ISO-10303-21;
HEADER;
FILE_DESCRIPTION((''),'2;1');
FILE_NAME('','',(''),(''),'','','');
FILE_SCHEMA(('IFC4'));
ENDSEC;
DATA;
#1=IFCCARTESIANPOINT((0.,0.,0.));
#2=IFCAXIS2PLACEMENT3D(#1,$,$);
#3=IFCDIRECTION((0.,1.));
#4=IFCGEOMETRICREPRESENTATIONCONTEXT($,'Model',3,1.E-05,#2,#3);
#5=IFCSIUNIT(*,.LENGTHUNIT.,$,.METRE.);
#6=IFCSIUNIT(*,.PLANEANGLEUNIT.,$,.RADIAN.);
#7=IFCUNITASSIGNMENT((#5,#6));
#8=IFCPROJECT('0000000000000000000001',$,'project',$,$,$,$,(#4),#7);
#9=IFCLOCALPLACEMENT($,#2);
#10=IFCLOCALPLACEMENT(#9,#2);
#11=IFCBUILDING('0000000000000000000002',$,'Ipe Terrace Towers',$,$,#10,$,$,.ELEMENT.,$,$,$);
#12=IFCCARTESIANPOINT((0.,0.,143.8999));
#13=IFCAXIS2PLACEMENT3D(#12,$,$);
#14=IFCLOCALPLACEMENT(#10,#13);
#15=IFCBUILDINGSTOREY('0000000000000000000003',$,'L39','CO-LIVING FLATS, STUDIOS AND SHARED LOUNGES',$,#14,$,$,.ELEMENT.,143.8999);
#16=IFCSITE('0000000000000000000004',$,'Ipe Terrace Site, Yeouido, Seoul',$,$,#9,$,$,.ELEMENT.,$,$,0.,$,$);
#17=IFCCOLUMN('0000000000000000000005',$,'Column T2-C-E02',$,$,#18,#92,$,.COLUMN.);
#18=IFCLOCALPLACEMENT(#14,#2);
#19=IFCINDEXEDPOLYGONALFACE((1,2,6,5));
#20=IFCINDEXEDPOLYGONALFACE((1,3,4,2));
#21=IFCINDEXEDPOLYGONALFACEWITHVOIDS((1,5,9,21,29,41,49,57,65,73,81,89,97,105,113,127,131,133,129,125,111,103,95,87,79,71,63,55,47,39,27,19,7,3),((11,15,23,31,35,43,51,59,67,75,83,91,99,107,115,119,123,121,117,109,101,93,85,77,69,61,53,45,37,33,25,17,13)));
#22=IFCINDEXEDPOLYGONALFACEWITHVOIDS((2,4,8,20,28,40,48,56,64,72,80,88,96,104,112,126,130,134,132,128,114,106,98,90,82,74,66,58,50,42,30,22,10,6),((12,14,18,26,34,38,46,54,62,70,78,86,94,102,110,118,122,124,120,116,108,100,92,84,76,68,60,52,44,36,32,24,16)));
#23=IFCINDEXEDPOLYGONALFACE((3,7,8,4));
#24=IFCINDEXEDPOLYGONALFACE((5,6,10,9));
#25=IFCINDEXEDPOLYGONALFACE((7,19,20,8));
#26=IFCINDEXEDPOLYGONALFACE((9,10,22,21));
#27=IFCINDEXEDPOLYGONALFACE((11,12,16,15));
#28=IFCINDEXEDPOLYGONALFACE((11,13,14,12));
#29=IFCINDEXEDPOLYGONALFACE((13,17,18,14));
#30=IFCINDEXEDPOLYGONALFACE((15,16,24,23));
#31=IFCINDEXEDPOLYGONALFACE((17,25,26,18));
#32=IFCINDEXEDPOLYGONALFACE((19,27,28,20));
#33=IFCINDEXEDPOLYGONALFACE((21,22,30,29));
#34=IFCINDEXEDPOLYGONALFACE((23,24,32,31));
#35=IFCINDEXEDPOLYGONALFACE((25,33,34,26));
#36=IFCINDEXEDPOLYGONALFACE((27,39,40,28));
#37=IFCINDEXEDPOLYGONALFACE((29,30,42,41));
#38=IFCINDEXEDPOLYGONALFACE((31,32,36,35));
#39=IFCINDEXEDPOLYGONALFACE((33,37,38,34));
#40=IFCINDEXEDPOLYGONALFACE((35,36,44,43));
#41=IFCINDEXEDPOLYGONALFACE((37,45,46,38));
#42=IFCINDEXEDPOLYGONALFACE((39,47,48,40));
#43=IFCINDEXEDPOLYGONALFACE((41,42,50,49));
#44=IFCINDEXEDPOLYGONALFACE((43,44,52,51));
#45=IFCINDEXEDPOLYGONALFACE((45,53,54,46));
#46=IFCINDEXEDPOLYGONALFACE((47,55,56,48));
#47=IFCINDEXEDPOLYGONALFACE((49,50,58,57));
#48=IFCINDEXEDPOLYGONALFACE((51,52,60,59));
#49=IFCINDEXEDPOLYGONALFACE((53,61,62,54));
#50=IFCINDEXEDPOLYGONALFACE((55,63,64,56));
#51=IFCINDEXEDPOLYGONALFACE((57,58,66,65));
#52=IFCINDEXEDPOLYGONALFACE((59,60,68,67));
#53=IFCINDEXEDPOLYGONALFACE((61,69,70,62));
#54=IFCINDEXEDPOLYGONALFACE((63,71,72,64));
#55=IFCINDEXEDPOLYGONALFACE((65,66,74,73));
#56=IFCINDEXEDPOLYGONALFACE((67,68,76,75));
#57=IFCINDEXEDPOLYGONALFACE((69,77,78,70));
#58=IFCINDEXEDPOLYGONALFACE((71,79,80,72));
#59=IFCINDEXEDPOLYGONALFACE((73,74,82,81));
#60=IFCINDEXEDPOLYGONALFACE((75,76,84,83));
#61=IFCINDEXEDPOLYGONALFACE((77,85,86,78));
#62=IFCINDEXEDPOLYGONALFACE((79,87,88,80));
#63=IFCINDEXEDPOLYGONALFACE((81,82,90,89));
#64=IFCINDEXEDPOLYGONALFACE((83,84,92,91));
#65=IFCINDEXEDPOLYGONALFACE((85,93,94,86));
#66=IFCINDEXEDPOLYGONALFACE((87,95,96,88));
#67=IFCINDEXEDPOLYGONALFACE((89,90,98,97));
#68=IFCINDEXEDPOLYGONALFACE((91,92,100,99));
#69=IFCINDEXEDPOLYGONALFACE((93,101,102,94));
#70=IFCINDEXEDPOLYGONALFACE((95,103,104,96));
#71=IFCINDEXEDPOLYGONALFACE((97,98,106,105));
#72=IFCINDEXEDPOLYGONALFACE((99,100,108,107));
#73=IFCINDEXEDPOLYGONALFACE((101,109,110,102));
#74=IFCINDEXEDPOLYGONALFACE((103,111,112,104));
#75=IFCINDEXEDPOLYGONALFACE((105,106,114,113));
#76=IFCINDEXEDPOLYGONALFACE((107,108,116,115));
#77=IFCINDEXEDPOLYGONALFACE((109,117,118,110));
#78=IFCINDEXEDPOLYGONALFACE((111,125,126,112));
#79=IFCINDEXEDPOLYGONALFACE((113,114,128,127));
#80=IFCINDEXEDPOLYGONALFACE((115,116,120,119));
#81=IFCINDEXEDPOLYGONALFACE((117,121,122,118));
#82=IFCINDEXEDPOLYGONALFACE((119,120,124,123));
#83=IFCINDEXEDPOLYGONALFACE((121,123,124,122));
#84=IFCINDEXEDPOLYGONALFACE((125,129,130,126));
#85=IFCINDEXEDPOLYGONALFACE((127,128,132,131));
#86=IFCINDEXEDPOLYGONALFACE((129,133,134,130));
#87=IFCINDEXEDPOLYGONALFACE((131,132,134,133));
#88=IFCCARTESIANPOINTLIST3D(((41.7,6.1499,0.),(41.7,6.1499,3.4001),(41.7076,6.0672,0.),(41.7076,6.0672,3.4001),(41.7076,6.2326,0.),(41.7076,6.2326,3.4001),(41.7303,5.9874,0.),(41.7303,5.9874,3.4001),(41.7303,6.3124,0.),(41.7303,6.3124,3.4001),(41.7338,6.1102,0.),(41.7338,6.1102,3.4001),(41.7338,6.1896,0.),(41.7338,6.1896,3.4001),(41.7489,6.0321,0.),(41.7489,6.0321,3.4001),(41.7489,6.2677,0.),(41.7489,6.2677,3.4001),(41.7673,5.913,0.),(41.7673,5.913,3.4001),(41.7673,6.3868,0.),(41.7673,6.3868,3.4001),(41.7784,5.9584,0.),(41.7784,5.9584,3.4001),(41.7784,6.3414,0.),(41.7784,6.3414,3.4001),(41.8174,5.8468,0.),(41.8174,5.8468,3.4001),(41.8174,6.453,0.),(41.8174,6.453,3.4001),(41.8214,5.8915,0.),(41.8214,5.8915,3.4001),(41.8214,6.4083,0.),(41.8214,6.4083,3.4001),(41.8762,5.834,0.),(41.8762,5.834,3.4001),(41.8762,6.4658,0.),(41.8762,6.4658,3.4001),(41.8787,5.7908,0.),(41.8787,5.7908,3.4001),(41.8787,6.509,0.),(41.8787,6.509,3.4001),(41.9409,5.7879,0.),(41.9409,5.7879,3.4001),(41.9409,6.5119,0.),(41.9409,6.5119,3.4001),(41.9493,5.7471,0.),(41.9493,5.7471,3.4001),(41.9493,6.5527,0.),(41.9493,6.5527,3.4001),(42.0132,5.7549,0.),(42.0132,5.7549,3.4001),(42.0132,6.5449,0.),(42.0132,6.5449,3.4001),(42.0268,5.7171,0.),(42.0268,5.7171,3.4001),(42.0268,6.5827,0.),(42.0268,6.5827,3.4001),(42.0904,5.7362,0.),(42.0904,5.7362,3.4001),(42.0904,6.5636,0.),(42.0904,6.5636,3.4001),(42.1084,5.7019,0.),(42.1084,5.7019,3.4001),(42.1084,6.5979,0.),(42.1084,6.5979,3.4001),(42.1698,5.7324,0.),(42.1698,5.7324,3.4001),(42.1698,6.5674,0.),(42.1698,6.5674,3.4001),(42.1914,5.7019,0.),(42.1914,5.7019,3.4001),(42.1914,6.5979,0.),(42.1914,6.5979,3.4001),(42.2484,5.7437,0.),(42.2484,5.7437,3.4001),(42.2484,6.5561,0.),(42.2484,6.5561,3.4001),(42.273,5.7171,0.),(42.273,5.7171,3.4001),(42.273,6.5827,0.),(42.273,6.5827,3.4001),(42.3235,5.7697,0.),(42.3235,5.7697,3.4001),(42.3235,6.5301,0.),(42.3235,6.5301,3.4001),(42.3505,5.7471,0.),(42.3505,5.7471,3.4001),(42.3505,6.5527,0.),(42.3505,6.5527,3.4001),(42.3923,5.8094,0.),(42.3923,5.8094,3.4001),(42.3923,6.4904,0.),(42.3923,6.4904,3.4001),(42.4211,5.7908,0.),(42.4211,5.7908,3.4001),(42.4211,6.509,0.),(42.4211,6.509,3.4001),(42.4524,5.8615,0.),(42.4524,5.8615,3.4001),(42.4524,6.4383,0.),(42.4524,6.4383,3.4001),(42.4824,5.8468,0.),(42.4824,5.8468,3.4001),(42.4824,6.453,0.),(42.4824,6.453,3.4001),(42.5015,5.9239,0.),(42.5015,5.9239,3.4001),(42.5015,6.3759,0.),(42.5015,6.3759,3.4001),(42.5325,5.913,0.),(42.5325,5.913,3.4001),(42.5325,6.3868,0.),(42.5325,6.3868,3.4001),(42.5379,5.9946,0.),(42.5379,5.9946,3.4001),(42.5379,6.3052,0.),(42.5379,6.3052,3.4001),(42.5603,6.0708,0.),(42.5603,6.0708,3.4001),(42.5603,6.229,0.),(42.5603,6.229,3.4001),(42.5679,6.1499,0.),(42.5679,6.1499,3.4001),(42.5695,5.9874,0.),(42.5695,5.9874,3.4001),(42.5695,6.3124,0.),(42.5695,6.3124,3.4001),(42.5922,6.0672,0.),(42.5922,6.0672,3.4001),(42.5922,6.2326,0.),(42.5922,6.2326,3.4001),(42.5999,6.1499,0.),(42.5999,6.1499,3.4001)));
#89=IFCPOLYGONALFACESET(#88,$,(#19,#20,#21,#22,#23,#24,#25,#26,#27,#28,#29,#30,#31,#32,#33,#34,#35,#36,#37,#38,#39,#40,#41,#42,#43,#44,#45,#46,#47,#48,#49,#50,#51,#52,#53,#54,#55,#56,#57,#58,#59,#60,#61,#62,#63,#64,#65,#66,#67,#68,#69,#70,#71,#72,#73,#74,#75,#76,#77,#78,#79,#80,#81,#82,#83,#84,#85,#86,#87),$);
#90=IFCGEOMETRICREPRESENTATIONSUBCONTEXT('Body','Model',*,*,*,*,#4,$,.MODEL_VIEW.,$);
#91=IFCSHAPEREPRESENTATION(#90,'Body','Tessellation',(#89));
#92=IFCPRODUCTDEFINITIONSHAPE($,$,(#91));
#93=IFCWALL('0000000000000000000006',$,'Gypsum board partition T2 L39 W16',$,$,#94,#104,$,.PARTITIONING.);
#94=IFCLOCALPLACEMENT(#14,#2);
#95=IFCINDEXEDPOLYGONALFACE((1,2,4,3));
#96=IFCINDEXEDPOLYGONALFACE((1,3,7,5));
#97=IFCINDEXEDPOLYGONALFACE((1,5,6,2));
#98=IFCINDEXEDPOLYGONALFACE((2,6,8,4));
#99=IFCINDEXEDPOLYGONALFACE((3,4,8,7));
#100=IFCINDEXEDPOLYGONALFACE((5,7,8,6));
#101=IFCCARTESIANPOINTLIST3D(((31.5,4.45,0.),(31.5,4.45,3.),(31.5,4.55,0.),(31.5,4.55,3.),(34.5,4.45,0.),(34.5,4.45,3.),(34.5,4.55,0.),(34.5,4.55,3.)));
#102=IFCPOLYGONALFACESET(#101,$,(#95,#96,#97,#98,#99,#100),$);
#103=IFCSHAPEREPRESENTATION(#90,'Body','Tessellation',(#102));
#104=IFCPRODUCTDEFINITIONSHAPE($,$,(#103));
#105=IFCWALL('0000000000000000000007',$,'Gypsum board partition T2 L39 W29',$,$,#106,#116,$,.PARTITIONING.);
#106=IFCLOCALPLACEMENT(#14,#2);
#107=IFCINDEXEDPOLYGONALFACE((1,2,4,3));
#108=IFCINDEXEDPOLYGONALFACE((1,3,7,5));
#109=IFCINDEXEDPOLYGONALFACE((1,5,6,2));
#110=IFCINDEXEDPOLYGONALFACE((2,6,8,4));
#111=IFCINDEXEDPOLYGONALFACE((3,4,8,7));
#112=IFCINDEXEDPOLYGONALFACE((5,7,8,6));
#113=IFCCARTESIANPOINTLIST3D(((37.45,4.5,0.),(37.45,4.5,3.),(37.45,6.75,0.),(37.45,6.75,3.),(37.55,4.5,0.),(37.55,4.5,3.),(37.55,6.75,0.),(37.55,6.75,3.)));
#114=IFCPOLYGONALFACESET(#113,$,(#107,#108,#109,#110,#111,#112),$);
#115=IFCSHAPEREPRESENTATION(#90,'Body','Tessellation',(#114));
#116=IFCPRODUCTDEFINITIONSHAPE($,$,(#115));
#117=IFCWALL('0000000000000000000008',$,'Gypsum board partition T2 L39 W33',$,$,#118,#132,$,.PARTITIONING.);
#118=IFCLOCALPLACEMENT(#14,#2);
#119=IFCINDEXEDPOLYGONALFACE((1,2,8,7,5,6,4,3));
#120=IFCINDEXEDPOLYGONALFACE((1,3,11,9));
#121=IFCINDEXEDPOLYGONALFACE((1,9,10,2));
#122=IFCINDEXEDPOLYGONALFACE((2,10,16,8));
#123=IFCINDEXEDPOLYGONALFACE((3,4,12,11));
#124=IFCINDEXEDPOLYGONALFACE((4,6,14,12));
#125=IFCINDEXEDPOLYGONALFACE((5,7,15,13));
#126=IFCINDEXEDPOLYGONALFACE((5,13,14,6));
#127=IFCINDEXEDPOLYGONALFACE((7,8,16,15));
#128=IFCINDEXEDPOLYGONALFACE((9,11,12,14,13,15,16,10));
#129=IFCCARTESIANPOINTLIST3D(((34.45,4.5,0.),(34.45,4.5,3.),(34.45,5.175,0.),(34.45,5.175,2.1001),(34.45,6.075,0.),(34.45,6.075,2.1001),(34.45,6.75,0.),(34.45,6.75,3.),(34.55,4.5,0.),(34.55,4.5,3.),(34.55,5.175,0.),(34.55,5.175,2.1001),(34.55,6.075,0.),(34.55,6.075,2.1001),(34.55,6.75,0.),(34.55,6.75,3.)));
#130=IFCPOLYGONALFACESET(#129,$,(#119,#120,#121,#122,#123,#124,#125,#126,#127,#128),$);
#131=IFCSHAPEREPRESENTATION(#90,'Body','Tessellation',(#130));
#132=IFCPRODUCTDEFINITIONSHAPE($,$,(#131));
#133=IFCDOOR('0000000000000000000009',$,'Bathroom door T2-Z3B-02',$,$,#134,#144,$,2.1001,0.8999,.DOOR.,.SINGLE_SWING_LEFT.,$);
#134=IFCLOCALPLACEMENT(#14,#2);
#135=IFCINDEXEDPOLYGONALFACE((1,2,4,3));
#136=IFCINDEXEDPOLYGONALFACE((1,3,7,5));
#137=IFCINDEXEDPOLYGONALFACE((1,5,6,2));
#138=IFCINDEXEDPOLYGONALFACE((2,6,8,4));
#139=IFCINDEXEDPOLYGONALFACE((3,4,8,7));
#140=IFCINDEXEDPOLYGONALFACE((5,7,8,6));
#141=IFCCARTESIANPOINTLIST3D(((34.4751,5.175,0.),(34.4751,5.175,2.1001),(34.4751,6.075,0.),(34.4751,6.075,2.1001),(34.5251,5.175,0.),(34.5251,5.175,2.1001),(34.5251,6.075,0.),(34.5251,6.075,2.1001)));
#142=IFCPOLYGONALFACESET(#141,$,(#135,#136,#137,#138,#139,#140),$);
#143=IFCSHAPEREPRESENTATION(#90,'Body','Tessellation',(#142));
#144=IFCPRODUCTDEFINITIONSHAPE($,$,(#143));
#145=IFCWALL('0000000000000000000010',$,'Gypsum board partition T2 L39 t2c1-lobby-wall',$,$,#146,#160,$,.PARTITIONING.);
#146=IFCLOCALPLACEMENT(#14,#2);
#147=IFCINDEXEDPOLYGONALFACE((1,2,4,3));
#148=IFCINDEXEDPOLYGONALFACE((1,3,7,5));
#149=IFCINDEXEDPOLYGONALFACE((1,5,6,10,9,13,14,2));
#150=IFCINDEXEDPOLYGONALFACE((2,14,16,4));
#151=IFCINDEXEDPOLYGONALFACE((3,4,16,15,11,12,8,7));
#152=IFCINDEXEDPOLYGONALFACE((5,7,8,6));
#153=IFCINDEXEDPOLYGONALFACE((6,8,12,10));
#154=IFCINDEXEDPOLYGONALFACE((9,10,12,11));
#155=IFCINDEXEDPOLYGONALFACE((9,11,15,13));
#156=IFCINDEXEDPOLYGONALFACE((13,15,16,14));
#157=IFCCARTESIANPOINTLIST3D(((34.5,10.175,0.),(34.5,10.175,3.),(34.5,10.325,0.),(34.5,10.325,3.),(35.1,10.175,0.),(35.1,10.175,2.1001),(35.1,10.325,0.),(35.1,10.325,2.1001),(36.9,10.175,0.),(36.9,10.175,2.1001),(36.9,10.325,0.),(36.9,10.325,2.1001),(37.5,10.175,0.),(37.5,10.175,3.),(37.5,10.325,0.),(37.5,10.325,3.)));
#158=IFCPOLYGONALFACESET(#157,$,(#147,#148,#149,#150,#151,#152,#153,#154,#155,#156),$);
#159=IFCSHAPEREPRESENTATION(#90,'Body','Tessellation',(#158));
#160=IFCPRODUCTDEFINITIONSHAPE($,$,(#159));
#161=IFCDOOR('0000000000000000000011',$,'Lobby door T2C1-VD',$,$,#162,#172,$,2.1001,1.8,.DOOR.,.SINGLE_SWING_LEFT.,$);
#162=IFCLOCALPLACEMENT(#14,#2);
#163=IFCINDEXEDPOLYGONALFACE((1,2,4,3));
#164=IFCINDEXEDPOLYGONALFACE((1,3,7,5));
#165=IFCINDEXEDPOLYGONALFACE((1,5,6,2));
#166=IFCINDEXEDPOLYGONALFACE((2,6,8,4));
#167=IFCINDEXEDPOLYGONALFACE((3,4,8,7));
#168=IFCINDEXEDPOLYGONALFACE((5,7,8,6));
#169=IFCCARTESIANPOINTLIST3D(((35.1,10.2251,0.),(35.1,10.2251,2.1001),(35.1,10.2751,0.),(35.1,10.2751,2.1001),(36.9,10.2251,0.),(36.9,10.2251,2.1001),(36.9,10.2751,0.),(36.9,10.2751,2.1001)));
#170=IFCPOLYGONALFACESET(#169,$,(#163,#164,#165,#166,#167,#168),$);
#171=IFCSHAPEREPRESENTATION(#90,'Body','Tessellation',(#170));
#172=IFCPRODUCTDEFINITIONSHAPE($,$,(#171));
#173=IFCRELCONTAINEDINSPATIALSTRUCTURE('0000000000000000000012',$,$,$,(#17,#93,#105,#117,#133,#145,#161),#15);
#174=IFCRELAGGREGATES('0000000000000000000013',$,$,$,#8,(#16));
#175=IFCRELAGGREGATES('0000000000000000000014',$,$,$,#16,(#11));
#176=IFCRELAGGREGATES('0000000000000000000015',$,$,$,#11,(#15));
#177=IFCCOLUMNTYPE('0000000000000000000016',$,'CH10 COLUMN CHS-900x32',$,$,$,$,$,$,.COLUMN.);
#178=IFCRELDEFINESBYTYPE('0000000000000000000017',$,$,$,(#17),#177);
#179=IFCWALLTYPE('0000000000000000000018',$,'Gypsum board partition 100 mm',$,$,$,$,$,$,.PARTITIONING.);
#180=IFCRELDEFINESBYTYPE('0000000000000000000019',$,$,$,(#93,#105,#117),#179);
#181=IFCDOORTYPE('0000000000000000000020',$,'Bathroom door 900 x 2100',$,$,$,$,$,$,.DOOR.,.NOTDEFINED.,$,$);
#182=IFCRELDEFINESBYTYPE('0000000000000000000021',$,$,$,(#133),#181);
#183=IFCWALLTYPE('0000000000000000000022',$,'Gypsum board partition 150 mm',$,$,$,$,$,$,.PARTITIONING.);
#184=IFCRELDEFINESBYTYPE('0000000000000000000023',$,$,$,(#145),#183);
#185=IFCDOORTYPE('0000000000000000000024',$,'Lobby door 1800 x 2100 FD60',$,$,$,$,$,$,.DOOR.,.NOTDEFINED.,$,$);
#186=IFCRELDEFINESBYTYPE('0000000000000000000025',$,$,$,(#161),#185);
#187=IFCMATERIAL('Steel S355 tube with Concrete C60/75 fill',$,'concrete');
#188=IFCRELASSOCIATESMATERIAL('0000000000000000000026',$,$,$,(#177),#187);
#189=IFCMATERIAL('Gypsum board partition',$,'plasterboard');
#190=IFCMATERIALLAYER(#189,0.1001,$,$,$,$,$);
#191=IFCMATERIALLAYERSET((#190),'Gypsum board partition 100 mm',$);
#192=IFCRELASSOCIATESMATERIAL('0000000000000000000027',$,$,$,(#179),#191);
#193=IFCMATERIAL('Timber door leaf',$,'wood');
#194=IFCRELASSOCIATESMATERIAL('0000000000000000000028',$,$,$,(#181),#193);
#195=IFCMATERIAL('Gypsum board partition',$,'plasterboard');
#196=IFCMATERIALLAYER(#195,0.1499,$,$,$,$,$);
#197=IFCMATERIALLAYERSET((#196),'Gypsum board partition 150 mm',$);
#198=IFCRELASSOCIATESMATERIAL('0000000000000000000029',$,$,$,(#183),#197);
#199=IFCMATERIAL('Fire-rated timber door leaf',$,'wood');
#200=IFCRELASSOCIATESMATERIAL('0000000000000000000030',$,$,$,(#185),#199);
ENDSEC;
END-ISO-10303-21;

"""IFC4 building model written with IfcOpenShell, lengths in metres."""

from ifc_helpers import new_model, si_unit, direction, frame, frame_2d, origin, origin_2d, place, context, subcontext, project, spatial, rectangle, hollow_circle, extrude, material, layer, layer_set, material_profile, profile_set, type_object, element, fill, save


model = new_model("IFC4")

# Units and contexts
model_context = context("Model", 3, precision=1e-05, world=origin(), true_north=direction((0.0, 1.0)))
body_context = subcontext(model_context, "Body", "Model", "MODEL_VIEW")
ifc_project = project(units=[si_unit("LENGTHUNIT", "METRE"), si_unit("PLANEANGLEUNIT", "RADIAN")], contexts=[model_context])

# Site, building, storey
site_placement = place(None, origin())
site = spatial("IfcSite", under=ifc_project, at=site_placement, Name="Ipe Terrace Site, Yeouido, Seoul", CompositionType="ELEMENT", RefElevation=0.0)
building_placement = place(site_placement, origin())
building = spatial("IfcBuilding", under=site, at=building_placement, Name="Ipe Terrace Towers", CompositionType="ELEMENT")
storey_placement = place(building_placement, frame((0.0, 0.0, 143.8999)))
storey = spatial("IfcBuildingStorey", under=building, at=storey_placement, Name="L39", Description="CO-LIVING FLATS, STUDIOS AND SHARED LOUNGES", CompositionType="ELEMENT", Elevation=143.8999)

# Column
ifc_material_1 = material(Name="Steel S355 tube with Concrete C60/75 fill", Category="concrete")
ifc_material_profile = material_profile(ifc_material_1, hollow_circle(Radius=0.45, WallThickness=0.032, at=origin_2d()), Name="CHS-900x32")
ifc_profile_set = profile_set([ifc_material_profile], Name="Steel S355 tube with Concrete C60/75 fill")
column_type = type_object("IfcColumnType", Name="CH10 COLUMN CHS-900x32", PredefinedType="COLUMN", material=ifc_profile_set)
column_placement = place(storey_placement, frame((42.1499, 6.1499, 0.0), z_axis=(0.0, 0.0, 1.0), x_axis=(1.0, 0.0, 0.0)))
element("IfcColumn", 1, at=column_placement, inside=storey, type_object=column_type, Name="Column T2-C-E02", PredefinedType="COLUMN", context=body_context, shape_type="SweptSolid", body=[
    extrude(hollow_circle(Radius=0.45, WallThickness=0.032, at=origin_2d()), origin(), (0.0, 0.0, 1.0), 3.4001),
])

# Walls
ifc_material_2 = material(Name="Gypsum board partition", Category="plasterboard")
ifc_layer_1 = layer(ifc_material_2, 0.1001)
ifc_layer_set_1 = layer_set([ifc_layer_1], Name="Gypsum board partition 100 mm")
wall_type_1 = type_object("IfcWallType", Name="Gypsum board partition 100 mm", PredefinedType="PARTITIONING", material=ifc_layer_set_1)
wall_1_placement = place(storey_placement, frame((34.5, 4.5, 0.0), z_axis=(0.0, 0.0, 1.0), x_axis=(-1.0, 0.0, 0.0)))
element("IfcWall", 2, at=wall_1_placement, inside=storey, type_object=wall_type_1, Name="Gypsum board partition T2 L39 W16", PredefinedType="PARTITIONING", context=body_context, shape_type="SweptSolid", body=[
    extrude(rectangle(XDim=3.0, YDim=0.1001, at=frame_2d((1.5, 0.0))), origin(), (0.0, 0.0, 1.0), 3.0),
])
wall_2_placement = place(storey_placement, frame((37.5, 4.5, 0.0), z_axis=(0.0, 0.0, 1.0), x_axis=(0.0, 1.0, 0.0)))
element("IfcWall", 3, at=wall_2_placement, inside=storey, type_object=wall_type_1, Name="Gypsum board partition T2 L39 W29", PredefinedType="PARTITIONING", context=body_context, shape_type="SweptSolid", body=[
    extrude(rectangle(XDim=2.25, YDim=0.1001, at=frame_2d((1.125, 0.0))), origin(), (0.0, 0.0, 1.0), 3.0),
])

# Walls, openings, doors
wall_3_placement = place(storey_placement, frame((34.5, 4.5, 0.0), z_axis=(0.0, 0.0, 1.0), x_axis=(0.0, 1.0, 0.0)))
wall_3 = element("IfcWall", 4, at=wall_3_placement, inside=storey, type_object=wall_type_1, Name="Gypsum board partition T2 L39 W33", PredefinedType="PARTITIONING", context=body_context, shape_type="SweptSolid", body=[
    extrude(rectangle(XDim=2.25, YDim=0.1001, at=frame_2d((1.125, 0.0))), origin(), (0.0, 0.0, 1.0), 3.0),
])
opening_1_placement = place(wall_3_placement, frame((0.675, 0.0, 0.0)))
opening_1 = element("IfcOpeningElement", 5, at=opening_1_placement, cuts=wall_3, PredefinedType="OPENING", context=body_context, shape_type="SweptSolid", body=[
    extrude(rectangle(XDim=0.8999, YDim=2.1001, at=frame_2d((0.45, 1.05))), frame((0.0, 0.0601, 0.0), z_axis=(0.0, -1.0, 0.0), x_axis=(1.0, 0.0, 0.0)), (0.0, 0.0, 1.0), 0.1201),
])
ifc_material_3 = material(Name="Timber door leaf", Category="wood")
door_type_1 = type_object("IfcDoorType", Name="Bathroom door 900 x 2100", OperationType="NOTDEFINED", PredefinedType="DOOR", material=ifc_material_3)
door_1_placement = place(opening_1_placement, origin())
door_1 = element("IfcDoor", 6, at=door_1_placement, inside=storey, type_object=door_type_1, Name="Bathroom door T2-Z3B-02", OperationType="SINGLE_SWING_LEFT", OverallHeight=2.1001, OverallWidth=0.8999, PredefinedType="DOOR", context=body_context, shape_type="SweptSolid", body=[
    extrude(rectangle(XDim=0.8999, YDim=2.1001, at=frame_2d((0.45, 1.05))), frame((0.0, 0.0249, 0.0), z_axis=(0.0, -1.0, 0.0), x_axis=(1.0, 0.0, 0.0)), (0.0, 0.0, 1.0), 0.05),
])
fill(opening_1, door_1)
ifc_material_4 = material(Name="Gypsum board partition", Category="plasterboard")
ifc_layer_2 = layer(ifc_material_4, 0.1499)
ifc_layer_set_2 = layer_set([ifc_layer_2], Name="Gypsum board partition 150 mm")
wall_type_2 = type_object("IfcWallType", Name="Gypsum board partition 150 mm", PredefinedType="PARTITIONING", material=ifc_layer_set_2)
wall_4_placement = place(storey_placement, frame((37.5, 10.25, 0.0), z_axis=(0.0, 0.0, 1.0), x_axis=(-1.0, 0.0, 0.0)))
wall_4 = element("IfcWall", 7, at=wall_4_placement, inside=storey, type_object=wall_type_2, Name="Gypsum board partition T2 L39 t2c1-lobby-wall", PredefinedType="PARTITIONING", context=body_context, shape_type="SweptSolid", body=[
    extrude(rectangle(XDim=3.0, YDim=0.1499, at=frame_2d((1.5, 0.0))), origin(), (0.0, 0.0, 1.0), 3.0),
])
opening_2_placement = place(wall_4_placement, frame((0.6001, 0.0, 0.0)))
opening_2 = element("IfcOpeningElement", 8, at=opening_2_placement, cuts=wall_4, PredefinedType="OPENING", context=body_context, shape_type="SweptSolid", body=[
    extrude(rectangle(XDim=1.8, YDim=2.1001, at=frame_2d((0.8999, 1.05))), frame((0.0, 0.085, 0.0), z_axis=(0.0, -1.0, 0.0), x_axis=(1.0, 0.0, 0.0)), (0.0, 0.0, 1.0), 0.1699),
])
ifc_material_5 = material(Name="Fire-rated timber door leaf", Category="wood")
door_type_2 = type_object("IfcDoorType", Name="Lobby door 1800 x 2100 FD60", OperationType="NOTDEFINED", PredefinedType="DOOR", material=ifc_material_5)
door_2_placement = place(opening_2_placement, origin())
door_2 = element("IfcDoor", 9, at=door_2_placement, inside=storey, type_object=door_type_2, Name="Lobby door T2C1-VD", OperationType="SINGLE_SWING_LEFT", OverallHeight=2.1001, OverallWidth=1.8, PredefinedType="DOOR", context=body_context, shape_type="SweptSolid", body=[
    extrude(rectangle(XDim=1.8, YDim=2.1001, at=frame_2d((0.8999, 1.05))), frame((0.0, 0.0249, 0.0), z_axis=(0.0, -1.0, 0.0), x_axis=(1.0, 0.0, 0.0)), (0.0, 0.0, 1.0), 0.05),
])
fill(opening_2, door_2)

save(model, "model.ifc")
